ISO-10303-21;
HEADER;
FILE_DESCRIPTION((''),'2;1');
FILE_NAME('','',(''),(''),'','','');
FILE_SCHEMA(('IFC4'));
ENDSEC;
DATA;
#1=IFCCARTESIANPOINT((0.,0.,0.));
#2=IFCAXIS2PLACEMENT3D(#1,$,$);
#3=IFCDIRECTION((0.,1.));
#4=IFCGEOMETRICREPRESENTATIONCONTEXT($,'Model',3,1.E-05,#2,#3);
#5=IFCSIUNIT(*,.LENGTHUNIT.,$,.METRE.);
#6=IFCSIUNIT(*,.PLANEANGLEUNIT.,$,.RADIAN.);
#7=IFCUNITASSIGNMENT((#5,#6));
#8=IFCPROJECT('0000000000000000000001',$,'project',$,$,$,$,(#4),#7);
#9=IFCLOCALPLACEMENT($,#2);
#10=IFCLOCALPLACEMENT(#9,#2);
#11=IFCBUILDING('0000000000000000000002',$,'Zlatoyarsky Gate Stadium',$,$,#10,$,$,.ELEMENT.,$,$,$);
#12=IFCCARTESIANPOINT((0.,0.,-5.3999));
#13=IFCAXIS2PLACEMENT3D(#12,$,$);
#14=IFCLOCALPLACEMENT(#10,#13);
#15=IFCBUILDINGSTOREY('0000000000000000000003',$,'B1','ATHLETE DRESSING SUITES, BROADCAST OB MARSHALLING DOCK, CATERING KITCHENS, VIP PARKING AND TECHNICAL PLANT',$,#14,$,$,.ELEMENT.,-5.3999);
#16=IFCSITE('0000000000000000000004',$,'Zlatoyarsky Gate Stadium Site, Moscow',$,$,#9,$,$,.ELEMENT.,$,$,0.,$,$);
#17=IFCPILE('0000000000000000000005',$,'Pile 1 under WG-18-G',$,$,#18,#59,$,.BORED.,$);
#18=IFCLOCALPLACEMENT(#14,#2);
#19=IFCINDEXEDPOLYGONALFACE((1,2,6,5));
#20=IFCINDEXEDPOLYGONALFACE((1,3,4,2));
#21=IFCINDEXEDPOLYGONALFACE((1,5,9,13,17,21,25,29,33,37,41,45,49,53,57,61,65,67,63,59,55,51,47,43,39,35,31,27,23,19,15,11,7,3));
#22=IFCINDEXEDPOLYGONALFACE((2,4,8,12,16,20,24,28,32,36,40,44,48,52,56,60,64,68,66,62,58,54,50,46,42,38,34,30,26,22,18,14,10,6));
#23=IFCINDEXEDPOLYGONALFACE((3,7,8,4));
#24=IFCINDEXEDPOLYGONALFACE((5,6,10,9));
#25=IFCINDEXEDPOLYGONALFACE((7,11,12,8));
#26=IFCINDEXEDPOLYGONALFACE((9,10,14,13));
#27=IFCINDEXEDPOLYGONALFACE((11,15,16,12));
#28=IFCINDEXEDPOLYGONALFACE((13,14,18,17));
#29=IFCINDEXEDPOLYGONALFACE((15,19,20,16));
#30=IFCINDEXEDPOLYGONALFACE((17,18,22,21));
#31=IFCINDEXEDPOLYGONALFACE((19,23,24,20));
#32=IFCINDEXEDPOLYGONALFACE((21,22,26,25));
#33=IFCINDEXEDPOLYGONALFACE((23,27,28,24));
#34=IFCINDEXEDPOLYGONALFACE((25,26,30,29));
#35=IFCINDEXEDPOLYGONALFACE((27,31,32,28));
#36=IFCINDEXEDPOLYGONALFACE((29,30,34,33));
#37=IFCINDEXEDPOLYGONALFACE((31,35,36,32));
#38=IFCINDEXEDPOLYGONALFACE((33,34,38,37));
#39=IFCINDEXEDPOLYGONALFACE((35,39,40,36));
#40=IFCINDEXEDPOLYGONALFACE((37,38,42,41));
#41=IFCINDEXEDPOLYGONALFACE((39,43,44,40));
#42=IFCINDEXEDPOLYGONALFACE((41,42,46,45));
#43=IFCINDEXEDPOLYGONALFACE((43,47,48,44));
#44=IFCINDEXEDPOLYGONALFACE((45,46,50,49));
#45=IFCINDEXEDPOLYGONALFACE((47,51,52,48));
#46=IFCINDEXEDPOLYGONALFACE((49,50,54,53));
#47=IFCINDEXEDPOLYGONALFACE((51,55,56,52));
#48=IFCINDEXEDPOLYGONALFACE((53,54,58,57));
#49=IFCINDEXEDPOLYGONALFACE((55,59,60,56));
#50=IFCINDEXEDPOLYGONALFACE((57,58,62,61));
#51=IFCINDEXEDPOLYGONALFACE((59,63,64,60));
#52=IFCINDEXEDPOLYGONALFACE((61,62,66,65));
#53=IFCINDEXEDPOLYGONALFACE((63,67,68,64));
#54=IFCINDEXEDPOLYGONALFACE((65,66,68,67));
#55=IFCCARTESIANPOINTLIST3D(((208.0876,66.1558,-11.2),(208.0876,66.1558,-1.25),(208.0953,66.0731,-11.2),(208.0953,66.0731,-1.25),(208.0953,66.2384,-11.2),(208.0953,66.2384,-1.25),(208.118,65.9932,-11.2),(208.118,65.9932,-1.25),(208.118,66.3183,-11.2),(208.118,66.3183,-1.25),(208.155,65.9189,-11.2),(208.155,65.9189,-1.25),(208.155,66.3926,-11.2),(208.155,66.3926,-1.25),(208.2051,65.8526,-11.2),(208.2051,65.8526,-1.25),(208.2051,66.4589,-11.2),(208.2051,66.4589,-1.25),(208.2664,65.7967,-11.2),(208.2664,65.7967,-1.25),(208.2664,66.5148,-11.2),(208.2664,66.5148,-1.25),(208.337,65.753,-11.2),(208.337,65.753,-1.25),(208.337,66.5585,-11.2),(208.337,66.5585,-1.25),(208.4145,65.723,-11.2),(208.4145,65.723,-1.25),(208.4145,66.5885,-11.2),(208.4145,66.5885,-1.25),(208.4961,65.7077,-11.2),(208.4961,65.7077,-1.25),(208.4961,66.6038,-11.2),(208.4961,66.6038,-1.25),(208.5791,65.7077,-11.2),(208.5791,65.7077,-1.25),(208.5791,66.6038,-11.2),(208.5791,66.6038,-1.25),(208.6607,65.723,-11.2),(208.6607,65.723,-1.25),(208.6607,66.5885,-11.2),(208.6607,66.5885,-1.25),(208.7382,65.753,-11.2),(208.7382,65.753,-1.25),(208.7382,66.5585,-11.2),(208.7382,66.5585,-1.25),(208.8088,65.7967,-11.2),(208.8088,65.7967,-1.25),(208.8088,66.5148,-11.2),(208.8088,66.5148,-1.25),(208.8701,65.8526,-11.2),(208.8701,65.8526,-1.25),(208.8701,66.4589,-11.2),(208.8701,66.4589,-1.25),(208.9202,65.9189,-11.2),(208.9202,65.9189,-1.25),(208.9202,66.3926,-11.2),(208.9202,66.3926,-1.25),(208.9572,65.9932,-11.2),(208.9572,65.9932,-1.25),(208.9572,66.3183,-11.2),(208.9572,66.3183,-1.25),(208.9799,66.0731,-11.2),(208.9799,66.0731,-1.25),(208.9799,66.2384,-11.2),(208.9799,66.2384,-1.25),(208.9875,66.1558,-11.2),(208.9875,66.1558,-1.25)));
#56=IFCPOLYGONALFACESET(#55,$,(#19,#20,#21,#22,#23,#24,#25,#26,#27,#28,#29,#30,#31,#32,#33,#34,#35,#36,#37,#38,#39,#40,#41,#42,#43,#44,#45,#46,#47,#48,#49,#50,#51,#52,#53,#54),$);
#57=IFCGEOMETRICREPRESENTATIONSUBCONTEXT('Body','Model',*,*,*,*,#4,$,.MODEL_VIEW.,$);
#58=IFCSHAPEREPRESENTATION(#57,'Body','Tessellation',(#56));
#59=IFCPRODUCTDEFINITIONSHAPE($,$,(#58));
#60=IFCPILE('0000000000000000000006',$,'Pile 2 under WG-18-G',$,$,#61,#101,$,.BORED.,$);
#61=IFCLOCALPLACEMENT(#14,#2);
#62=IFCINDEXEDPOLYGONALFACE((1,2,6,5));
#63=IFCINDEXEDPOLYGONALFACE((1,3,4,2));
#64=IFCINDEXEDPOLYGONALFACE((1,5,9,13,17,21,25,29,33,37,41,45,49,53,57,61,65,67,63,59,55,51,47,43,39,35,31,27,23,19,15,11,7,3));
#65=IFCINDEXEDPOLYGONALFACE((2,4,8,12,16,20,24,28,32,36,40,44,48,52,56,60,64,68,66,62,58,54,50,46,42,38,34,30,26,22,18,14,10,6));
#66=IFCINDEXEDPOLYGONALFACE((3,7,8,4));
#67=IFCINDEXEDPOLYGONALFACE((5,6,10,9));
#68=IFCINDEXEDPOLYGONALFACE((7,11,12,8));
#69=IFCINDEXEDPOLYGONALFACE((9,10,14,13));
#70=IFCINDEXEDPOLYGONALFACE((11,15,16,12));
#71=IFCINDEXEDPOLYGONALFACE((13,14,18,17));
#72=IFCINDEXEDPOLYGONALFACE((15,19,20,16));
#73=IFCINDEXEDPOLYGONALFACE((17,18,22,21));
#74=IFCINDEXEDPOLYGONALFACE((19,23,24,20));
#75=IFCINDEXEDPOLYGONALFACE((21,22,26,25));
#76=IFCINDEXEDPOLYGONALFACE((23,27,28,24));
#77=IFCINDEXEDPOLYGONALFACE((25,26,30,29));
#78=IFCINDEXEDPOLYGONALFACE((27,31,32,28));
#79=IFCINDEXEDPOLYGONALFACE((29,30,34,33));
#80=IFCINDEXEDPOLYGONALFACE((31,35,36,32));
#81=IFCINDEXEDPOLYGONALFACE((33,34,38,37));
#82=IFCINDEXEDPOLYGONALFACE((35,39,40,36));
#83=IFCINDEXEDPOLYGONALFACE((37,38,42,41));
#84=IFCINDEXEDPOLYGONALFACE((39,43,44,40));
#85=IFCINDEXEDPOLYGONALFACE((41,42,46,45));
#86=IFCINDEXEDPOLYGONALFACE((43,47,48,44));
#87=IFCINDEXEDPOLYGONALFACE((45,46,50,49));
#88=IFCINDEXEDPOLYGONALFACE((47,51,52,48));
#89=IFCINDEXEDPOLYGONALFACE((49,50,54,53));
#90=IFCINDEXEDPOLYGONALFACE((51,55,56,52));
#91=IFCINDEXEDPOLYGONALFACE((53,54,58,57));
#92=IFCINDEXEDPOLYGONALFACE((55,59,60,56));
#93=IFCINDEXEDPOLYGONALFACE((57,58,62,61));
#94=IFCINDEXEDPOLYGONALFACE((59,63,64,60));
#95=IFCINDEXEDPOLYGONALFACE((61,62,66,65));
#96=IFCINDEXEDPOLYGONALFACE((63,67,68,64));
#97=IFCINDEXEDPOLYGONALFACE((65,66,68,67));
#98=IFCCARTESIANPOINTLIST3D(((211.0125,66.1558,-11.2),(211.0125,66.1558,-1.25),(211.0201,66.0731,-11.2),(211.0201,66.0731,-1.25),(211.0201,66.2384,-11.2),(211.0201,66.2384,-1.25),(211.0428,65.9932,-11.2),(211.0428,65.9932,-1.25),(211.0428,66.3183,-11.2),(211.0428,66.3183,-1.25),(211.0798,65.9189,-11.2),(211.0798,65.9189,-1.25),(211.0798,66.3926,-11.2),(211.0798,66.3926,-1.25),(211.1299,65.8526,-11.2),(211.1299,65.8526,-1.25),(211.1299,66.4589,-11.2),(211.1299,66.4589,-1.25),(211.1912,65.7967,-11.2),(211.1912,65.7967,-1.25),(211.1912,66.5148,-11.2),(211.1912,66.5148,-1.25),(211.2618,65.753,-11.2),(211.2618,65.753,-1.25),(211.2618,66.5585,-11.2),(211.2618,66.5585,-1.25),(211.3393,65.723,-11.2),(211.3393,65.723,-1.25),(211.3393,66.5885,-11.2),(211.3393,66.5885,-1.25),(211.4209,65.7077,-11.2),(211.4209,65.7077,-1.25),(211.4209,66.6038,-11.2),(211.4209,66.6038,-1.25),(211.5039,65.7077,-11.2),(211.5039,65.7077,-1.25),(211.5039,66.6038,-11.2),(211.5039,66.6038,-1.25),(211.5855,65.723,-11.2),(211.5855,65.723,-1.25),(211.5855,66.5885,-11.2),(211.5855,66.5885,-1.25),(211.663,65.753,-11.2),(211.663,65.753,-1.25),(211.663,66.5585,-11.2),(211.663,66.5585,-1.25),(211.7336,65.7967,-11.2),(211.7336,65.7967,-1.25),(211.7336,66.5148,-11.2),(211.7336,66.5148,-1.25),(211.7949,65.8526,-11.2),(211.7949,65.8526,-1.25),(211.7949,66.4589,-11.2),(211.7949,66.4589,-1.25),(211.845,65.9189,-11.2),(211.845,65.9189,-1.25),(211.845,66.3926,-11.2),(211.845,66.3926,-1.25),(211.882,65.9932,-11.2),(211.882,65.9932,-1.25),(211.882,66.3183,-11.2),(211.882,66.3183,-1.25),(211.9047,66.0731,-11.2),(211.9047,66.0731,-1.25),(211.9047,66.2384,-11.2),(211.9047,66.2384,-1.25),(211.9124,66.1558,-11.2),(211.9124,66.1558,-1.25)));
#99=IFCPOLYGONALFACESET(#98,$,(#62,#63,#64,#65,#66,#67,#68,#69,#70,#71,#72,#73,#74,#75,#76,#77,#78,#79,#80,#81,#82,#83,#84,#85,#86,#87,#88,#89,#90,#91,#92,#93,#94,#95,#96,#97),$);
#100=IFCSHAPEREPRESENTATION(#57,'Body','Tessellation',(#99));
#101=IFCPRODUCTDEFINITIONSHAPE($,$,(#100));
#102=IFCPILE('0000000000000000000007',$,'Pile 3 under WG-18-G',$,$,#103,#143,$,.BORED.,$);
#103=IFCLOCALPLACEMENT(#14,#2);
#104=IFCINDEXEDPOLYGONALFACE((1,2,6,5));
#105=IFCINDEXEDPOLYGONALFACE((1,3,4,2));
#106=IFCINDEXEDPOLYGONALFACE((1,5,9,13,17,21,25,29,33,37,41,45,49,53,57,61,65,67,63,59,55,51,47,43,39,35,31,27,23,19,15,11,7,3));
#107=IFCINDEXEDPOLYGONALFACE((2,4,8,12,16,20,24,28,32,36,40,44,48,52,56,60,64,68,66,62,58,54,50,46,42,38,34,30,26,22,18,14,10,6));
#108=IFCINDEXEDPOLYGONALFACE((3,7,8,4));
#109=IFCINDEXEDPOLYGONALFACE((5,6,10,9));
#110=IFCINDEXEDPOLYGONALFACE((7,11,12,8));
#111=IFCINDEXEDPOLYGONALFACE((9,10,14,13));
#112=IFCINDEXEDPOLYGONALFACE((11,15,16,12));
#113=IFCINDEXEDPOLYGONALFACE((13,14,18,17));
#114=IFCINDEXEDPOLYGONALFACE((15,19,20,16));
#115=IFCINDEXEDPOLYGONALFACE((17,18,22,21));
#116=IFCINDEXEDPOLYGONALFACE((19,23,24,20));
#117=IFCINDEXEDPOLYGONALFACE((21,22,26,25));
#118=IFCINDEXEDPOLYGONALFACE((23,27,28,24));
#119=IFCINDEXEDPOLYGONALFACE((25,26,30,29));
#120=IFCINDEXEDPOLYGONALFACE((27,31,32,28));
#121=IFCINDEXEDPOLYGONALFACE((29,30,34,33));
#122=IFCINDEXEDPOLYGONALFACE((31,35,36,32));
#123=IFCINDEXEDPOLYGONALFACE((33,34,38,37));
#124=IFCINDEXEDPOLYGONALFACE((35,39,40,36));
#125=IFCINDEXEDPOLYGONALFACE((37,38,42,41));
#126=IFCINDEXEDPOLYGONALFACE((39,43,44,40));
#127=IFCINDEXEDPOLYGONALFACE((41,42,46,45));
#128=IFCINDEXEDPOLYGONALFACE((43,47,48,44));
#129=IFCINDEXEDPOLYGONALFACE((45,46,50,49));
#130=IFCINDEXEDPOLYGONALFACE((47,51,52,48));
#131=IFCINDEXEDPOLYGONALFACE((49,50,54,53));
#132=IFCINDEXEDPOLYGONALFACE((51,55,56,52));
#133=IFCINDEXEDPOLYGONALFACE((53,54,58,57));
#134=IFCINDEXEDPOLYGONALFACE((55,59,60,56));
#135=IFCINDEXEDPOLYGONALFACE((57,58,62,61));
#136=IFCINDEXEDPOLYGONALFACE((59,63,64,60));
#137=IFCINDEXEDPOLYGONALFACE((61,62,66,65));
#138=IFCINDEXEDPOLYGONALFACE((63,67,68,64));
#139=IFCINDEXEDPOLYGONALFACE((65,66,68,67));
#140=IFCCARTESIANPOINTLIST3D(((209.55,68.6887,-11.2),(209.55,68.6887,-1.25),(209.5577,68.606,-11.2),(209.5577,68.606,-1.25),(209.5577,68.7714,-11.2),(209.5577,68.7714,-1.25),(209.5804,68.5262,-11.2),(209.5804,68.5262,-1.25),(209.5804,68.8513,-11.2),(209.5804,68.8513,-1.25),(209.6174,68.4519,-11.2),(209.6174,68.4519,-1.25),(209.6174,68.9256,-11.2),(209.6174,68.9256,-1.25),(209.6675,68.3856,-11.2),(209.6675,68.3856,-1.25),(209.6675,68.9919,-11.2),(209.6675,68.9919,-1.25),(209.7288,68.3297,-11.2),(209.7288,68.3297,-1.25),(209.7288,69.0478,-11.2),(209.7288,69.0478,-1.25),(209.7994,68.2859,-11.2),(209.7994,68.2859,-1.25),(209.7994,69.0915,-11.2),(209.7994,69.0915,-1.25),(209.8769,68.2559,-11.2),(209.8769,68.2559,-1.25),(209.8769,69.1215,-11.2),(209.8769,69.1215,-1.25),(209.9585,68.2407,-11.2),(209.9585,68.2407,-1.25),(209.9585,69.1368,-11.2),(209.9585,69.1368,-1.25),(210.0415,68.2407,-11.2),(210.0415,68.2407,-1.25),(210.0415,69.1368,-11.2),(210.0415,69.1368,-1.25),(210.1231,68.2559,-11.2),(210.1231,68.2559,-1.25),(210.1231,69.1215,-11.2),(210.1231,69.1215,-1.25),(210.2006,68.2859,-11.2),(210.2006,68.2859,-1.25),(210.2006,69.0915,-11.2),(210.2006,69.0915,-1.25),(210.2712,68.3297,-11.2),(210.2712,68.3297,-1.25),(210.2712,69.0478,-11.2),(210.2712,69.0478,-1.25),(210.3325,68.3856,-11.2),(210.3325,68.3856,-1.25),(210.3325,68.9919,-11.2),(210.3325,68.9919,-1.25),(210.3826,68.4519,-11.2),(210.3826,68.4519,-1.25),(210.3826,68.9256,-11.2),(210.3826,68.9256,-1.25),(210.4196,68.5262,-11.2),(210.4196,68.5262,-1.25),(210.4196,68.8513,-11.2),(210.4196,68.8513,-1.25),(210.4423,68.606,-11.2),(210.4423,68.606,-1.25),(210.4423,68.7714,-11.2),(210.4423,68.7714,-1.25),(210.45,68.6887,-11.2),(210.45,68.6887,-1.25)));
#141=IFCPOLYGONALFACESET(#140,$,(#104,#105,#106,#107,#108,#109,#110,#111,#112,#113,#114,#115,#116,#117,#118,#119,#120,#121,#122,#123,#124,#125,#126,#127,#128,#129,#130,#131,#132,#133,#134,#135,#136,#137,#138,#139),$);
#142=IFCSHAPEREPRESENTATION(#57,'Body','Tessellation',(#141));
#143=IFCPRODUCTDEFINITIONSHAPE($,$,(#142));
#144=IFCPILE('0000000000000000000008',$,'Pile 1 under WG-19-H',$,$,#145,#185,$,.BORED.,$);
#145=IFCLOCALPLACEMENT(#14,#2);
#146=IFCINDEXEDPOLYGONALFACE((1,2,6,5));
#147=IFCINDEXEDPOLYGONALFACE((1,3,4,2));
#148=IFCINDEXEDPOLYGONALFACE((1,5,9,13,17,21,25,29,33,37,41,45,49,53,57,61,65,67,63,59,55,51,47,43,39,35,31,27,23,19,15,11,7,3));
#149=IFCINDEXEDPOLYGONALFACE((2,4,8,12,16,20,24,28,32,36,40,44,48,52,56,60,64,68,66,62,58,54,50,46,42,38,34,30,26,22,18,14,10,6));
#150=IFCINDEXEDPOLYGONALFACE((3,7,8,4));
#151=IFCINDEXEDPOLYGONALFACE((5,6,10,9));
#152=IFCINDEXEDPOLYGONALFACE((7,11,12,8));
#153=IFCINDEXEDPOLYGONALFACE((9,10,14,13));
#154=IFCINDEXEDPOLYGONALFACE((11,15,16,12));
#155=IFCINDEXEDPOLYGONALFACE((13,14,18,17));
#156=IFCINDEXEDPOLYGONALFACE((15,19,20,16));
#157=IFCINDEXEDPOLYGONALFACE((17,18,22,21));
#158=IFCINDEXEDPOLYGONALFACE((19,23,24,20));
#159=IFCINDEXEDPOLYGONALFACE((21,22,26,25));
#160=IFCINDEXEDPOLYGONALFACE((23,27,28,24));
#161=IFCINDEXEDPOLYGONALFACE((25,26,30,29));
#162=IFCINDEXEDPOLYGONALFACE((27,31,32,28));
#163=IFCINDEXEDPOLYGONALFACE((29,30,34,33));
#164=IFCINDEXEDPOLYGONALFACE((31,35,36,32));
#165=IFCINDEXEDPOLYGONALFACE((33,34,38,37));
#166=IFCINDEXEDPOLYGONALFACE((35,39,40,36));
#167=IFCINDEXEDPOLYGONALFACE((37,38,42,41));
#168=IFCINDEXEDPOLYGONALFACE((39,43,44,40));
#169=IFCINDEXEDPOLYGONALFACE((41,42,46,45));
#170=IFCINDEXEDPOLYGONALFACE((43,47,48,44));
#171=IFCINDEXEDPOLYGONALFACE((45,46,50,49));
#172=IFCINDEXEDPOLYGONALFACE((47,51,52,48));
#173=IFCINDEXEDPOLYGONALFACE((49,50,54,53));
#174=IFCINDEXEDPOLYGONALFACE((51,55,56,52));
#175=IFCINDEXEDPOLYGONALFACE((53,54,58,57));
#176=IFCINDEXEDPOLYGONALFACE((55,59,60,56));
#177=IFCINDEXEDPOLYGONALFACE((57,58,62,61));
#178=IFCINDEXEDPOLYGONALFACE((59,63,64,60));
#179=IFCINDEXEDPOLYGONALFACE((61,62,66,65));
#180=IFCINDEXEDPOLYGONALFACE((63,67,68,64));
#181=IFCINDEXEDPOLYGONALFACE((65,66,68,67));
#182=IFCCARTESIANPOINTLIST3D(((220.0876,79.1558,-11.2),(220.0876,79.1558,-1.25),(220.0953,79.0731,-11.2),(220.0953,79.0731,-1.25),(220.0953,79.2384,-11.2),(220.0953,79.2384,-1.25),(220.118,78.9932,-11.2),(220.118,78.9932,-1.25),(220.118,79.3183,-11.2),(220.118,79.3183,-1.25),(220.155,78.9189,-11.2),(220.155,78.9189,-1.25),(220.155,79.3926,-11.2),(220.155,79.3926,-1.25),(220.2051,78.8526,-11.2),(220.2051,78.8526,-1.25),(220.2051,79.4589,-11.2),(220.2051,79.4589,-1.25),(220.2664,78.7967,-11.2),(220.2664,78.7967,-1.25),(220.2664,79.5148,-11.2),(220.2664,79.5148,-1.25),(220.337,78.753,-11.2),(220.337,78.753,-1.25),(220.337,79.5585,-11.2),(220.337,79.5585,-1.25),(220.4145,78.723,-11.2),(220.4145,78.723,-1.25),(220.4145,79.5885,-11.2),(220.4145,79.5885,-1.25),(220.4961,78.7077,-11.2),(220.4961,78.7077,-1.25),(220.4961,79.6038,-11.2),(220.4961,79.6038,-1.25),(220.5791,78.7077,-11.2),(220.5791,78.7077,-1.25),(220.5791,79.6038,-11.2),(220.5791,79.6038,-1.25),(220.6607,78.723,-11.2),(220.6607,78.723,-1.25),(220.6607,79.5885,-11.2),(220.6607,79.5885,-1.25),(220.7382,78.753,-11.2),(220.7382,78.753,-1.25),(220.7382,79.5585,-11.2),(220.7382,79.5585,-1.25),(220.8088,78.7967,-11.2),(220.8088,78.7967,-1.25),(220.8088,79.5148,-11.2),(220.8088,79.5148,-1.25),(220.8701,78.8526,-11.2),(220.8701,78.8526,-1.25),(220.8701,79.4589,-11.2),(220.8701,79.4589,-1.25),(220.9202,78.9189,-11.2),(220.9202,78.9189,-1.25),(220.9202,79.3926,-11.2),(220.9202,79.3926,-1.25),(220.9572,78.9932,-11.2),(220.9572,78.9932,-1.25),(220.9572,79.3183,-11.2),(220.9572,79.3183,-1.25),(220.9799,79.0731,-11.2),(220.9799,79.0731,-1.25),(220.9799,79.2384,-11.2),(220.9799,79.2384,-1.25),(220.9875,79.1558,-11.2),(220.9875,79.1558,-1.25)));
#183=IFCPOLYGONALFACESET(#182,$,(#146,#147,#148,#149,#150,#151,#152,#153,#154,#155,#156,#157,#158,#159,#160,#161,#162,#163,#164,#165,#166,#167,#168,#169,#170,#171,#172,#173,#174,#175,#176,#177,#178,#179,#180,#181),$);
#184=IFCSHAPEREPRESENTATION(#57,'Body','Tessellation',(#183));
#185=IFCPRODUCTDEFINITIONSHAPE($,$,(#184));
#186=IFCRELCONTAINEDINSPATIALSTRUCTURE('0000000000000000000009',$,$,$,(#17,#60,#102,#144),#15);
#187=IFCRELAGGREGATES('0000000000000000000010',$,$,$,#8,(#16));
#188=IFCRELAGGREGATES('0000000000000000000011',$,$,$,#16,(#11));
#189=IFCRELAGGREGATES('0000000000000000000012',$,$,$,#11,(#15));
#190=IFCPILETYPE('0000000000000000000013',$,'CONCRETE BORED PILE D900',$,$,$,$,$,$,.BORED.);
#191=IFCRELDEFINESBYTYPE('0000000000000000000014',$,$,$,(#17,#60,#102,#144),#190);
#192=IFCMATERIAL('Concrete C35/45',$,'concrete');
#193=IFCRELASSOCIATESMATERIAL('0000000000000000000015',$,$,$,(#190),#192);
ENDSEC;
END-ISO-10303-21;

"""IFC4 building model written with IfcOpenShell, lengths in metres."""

from ifc_helpers import new_model, si_unit, direction, frame, origin, origin_2d, place, context, subcontext, project, spatial, circle, extrude, material, material_profile, profile_set, type_object, element, save


model = new_model("IFC4")

# Units and contexts
model_context = context("Model", 3, precision=1e-05, world=origin(), true_north=direction((0.0, 1.0)))
body_context = subcontext(model_context, "Body", "Model", "MODEL_VIEW")
ifc_project = project(units=[si_unit("LENGTHUNIT", "METRE"), si_unit("PLANEANGLEUNIT", "RADIAN")], contexts=[model_context])

# Site, building, storey
site_placement = place(None, origin())
site = spatial("IfcSite", under=ifc_project, at=site_placement, Name="Zlatoyarsky Gate Stadium Site, Moscow", CompositionType="ELEMENT", RefElevation=0.0)
building_placement = place(site_placement, origin())
building = spatial("IfcBuilding", under=site, at=building_placement, Name="Zlatoyarsky Gate Stadium", CompositionType="ELEMENT")
storey_placement = place(building_placement, frame((0.0, 0.0, -5.3999)))
storey = spatial("IfcBuildingStorey", under=building, at=storey_placement, Name="B1", Description="ATHLETE DRESSING SUITES, BROADCAST OB MARSHALLING DOCK, CATERING KITCHENS, VIP PARKING AND TECHNICAL PLANT", CompositionType="ELEMENT", Elevation=-5.3999)

# Piles
ifc_material_1 = material(Name="Concrete C35/45", Category="concrete")
ifc_material_profile_1 = material_profile(ifc_material_1, circle(Radius=0.45, at=origin_2d()), Name="BORED PILE D900")
ifc_profile_set_1 = profile_set([ifc_material_profile_1], Name="Concrete C35/45")
pile_type_1 = type_object("IfcPileType", Name="CONCRETE BORED PILE D900", PredefinedType="BORED", material=ifc_profile_set_1)
for number, where, z_axis, x_axis, name in (
    (1, (208.5376, 66.1558, -1.25), (0.0, 0.0, -1.0), (1.0, 0.0, 0.0), "Pile 1 under WG-18-G"),
    (2, (211.4624, 66.1558, -1.25), (0.0, 0.0, -1.0), (1.0, 0.0, 0.0), "Pile 2 under WG-18-G"),
    (3, (210.0, 68.6887, -1.25), (0.0, 0.0, -1.0), (1.0, 0.0, 0.0), "Pile 3 under WG-18-G"),
    (4, (220.5376, 79.1558, -1.25), (0.0, 0.0, -1.0), (1.0, 0.0, 0.0), "Pile 1 under WG-19-H"),
):
    element("IfcPile", number, at=place(storey_placement, frame(where, z_axis=z_axis, x_axis=x_axis)), inside=storey, type_object=pile_type_1, Name=name, PredefinedType="BORED", context=body_context, shape_type="SweptSolid", body=[
        extrude(circle(Radius=0.45, at=origin_2d()), origin(), (0.0, 0.0, 1.0), 9.95),
    ])

save(model, "model.ifc")
